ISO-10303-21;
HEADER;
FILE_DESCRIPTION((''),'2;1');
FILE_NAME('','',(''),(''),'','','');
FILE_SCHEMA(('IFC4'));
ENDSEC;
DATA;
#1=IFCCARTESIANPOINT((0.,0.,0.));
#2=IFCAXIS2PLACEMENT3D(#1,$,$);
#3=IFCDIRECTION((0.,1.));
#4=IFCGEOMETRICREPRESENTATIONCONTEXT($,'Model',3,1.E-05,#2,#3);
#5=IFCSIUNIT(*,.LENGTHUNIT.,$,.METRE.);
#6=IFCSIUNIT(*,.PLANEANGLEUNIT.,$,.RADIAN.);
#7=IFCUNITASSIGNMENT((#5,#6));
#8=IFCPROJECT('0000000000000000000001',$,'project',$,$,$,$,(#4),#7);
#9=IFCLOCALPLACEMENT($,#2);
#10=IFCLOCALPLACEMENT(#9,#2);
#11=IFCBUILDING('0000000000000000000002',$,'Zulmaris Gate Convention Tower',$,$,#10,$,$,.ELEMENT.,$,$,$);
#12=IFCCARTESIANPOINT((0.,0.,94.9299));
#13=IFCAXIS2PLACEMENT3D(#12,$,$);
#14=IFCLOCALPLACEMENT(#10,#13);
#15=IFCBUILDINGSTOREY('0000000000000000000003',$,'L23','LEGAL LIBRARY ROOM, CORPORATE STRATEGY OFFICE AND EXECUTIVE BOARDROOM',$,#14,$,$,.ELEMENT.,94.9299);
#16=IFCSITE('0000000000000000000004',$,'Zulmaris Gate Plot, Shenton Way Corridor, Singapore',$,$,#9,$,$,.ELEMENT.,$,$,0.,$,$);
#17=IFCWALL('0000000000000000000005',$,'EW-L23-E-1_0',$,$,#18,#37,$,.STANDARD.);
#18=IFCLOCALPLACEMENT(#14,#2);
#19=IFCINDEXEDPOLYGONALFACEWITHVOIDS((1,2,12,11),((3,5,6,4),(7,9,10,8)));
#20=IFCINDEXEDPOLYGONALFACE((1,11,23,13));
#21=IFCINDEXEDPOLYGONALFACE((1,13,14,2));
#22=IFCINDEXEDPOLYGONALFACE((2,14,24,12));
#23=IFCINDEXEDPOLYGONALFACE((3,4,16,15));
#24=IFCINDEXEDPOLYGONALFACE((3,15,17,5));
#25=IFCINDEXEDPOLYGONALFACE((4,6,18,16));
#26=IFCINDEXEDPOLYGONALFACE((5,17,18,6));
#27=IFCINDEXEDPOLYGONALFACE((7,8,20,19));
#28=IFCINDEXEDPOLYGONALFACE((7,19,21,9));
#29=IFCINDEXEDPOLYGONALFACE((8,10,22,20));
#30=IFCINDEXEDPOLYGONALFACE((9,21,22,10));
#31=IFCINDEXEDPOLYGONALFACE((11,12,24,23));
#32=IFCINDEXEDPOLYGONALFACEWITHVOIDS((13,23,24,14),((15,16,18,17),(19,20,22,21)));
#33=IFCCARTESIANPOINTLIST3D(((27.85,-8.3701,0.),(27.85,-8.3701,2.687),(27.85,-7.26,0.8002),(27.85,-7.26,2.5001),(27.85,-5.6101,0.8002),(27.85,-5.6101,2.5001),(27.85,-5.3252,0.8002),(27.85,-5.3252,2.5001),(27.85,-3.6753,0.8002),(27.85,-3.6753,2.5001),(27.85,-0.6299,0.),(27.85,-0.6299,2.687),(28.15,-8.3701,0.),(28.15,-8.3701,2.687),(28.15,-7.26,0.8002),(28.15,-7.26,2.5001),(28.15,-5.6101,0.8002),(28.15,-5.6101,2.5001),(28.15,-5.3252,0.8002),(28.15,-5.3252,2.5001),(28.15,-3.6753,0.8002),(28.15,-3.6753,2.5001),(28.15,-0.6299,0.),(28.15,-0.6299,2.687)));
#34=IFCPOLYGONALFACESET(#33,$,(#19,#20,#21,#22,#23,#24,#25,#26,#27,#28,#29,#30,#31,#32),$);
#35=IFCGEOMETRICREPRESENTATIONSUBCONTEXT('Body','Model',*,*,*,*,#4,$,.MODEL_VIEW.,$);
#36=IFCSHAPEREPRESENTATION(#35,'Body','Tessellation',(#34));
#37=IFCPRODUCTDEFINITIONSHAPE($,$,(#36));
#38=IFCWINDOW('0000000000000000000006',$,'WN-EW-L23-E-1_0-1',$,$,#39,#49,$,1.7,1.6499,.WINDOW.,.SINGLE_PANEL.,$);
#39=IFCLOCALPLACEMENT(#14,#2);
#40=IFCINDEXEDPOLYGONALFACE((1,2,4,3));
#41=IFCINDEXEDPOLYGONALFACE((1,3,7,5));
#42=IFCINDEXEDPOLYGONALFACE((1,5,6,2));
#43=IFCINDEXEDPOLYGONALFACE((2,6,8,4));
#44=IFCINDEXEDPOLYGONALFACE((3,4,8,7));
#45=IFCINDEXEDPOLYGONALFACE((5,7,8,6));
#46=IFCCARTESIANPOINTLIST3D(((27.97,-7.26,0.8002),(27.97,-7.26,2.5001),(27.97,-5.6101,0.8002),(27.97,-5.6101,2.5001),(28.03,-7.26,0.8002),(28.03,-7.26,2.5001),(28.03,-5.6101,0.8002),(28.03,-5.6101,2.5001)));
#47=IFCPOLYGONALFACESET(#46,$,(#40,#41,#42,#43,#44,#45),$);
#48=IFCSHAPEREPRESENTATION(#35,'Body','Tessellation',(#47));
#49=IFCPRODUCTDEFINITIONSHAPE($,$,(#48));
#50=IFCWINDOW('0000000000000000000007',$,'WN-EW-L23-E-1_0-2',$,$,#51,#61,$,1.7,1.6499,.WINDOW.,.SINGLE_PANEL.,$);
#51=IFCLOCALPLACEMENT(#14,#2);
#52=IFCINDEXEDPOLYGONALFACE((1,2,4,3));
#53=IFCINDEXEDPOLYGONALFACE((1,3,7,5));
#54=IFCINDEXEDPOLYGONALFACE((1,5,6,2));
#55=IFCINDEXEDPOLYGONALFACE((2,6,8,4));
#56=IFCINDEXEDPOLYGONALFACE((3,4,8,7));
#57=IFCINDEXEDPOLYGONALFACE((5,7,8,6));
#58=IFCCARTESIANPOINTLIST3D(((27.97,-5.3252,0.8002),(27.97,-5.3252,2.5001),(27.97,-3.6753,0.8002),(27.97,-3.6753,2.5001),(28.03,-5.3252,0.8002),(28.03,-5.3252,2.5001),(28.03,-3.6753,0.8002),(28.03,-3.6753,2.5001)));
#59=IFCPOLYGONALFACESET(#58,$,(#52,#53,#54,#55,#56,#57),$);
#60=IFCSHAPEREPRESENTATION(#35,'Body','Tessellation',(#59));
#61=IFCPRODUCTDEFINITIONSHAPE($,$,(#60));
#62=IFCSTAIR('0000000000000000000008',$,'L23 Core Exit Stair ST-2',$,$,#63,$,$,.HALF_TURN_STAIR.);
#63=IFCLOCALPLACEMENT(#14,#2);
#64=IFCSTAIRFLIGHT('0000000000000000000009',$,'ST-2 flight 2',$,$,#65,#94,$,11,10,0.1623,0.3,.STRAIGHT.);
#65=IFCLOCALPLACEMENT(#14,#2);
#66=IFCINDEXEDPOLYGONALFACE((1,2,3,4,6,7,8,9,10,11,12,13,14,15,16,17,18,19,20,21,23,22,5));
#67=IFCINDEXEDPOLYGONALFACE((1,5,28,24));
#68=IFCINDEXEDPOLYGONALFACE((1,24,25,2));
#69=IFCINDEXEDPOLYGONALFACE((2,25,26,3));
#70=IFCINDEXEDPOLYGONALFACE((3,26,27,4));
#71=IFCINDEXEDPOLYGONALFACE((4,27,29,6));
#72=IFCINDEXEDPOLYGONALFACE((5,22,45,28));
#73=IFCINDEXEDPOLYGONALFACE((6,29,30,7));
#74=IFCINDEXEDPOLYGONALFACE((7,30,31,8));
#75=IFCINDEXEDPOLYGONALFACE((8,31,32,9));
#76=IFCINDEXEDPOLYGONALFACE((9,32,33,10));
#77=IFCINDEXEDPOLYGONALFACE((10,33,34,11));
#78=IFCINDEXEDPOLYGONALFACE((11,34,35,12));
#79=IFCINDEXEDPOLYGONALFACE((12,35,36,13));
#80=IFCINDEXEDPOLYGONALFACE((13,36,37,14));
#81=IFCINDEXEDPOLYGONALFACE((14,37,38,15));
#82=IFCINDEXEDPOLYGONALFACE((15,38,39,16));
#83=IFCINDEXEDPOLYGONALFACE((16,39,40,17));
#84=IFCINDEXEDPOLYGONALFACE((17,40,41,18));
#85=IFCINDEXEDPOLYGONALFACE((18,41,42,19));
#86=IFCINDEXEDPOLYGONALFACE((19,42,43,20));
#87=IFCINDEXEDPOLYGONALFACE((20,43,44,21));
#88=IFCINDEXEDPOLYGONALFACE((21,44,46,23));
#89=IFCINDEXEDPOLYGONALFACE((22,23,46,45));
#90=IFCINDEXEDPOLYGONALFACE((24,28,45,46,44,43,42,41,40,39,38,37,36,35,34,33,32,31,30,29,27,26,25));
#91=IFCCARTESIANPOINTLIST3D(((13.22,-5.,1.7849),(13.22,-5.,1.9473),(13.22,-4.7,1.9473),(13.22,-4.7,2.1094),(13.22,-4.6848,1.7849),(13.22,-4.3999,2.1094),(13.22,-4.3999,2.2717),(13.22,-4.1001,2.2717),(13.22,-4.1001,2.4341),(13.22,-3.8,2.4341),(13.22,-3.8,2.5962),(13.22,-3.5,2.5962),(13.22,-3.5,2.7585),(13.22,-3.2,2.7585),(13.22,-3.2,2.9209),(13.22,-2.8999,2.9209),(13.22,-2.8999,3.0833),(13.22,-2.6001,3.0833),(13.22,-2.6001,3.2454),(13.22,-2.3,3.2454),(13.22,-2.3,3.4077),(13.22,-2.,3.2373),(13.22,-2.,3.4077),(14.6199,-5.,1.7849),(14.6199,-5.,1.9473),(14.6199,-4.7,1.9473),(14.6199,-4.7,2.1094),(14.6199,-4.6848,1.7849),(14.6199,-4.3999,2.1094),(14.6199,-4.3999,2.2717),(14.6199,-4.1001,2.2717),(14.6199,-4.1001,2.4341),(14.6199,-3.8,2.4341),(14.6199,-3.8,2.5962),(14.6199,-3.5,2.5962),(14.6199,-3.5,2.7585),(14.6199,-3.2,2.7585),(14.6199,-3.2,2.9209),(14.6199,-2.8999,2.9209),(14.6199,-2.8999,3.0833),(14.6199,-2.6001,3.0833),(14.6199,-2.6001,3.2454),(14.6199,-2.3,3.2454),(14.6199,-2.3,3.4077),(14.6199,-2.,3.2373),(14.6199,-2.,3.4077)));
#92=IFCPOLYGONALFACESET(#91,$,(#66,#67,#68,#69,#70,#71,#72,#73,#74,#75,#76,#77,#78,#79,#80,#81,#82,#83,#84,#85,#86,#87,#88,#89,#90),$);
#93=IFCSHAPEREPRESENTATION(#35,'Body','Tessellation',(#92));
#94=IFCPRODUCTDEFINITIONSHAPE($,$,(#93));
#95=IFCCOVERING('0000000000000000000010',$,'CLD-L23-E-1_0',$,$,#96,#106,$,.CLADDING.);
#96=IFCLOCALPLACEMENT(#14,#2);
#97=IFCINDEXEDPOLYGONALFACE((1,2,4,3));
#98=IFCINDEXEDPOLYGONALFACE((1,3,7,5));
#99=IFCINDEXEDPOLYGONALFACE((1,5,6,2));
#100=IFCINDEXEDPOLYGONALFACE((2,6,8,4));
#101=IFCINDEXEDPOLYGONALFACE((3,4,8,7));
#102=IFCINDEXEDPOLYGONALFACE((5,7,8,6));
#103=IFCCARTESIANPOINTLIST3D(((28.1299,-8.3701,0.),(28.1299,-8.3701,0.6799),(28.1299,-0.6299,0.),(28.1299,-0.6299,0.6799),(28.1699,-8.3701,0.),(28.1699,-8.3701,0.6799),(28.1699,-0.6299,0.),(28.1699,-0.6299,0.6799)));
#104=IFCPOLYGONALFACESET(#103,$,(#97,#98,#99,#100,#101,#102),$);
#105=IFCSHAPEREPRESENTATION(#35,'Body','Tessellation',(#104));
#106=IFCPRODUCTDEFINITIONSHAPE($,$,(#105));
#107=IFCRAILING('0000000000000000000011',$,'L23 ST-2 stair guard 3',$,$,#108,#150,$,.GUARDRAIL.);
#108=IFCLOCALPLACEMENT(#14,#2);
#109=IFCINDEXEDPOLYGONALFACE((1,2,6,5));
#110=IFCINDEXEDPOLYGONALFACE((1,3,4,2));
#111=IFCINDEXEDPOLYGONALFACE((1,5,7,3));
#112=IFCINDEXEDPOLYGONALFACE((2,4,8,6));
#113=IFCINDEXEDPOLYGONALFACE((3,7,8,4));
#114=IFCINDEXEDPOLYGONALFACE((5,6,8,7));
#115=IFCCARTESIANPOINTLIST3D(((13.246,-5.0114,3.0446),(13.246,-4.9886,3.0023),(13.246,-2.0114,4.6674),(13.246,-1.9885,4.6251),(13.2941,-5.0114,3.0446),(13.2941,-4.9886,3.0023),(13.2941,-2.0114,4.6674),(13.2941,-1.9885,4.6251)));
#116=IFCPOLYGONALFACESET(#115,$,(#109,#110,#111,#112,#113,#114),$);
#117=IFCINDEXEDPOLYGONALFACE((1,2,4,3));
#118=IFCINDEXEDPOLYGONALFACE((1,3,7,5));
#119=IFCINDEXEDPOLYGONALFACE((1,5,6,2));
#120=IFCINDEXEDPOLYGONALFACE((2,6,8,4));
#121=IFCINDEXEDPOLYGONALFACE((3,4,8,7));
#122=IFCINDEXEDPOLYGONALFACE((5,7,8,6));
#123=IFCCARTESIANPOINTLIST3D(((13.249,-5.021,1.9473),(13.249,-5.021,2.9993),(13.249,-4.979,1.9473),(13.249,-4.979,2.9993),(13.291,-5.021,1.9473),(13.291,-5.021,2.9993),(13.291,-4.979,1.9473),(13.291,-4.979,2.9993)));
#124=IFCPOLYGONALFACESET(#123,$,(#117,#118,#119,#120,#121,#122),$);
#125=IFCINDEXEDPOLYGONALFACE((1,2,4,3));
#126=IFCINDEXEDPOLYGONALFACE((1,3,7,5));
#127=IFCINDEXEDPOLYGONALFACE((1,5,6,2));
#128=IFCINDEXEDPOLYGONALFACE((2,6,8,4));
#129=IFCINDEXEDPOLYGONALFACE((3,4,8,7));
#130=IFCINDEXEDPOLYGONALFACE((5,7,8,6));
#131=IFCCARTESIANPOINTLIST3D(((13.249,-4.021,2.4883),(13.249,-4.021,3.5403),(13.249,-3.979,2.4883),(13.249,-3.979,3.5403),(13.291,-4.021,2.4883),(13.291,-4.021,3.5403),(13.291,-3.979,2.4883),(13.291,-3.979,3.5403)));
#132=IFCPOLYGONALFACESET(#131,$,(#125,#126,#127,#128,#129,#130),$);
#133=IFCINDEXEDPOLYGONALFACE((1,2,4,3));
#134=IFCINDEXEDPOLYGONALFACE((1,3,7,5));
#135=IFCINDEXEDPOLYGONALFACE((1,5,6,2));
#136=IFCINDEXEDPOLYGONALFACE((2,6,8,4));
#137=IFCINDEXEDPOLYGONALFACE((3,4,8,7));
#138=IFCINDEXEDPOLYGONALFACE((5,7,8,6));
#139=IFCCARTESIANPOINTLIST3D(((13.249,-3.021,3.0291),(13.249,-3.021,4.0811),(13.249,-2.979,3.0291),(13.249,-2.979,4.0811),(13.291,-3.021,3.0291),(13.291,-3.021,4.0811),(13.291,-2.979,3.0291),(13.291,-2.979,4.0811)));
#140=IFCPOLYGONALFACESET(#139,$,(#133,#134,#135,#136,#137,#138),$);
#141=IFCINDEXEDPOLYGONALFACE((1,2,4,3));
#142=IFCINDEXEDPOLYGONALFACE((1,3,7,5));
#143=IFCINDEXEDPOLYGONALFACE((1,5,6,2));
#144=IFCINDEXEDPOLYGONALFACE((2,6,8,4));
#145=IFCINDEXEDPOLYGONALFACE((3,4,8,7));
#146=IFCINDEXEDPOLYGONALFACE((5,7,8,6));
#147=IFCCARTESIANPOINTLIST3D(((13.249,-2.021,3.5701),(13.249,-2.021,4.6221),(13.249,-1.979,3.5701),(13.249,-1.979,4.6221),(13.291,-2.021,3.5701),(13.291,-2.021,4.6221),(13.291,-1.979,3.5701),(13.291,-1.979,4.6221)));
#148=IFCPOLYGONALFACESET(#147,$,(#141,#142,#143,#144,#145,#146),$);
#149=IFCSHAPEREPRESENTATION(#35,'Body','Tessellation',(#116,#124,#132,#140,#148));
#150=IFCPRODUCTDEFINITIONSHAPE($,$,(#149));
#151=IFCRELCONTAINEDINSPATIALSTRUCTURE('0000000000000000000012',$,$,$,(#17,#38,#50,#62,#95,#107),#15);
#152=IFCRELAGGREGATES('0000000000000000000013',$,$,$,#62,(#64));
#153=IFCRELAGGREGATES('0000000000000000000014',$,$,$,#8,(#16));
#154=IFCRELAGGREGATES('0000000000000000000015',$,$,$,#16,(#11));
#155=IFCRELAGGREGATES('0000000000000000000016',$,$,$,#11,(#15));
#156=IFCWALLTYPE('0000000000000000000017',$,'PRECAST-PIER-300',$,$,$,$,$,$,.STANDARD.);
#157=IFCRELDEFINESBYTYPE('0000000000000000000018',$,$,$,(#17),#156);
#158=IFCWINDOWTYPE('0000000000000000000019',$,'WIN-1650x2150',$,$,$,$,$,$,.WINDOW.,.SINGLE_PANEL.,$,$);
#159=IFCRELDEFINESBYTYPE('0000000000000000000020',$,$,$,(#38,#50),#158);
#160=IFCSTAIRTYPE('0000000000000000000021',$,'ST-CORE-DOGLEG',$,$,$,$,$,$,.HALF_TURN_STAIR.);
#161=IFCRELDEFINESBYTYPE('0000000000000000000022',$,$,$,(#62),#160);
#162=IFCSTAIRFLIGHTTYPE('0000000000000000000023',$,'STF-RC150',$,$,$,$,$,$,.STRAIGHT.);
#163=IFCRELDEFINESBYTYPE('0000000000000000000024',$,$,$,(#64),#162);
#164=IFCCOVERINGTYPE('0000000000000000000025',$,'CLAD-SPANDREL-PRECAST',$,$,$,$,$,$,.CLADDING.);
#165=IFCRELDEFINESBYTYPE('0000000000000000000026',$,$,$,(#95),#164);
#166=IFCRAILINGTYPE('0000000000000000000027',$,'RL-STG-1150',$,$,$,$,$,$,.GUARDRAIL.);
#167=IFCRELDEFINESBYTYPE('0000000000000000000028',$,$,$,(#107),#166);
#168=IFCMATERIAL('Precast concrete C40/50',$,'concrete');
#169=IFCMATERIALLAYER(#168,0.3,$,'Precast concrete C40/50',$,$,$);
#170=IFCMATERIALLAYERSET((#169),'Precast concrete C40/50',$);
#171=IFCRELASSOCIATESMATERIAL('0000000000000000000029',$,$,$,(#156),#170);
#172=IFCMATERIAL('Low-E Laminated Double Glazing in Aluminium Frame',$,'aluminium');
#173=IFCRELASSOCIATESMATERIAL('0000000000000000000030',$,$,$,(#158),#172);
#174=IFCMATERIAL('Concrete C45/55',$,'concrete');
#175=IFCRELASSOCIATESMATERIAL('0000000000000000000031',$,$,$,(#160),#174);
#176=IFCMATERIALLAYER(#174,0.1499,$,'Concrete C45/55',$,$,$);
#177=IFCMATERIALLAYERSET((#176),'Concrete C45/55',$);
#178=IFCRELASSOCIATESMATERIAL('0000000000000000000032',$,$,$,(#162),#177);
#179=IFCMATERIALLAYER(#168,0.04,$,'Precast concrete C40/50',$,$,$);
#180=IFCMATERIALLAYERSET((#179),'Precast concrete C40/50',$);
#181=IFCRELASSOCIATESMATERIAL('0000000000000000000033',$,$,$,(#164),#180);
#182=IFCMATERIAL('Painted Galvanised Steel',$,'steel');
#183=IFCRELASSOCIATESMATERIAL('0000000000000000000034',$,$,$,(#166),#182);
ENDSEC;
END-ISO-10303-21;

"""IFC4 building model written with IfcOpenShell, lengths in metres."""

from ifc_helpers import new_model, si_unit, direction, frame, frame_2d, origin, origin_2d, place, context, subcontext, project, spatial, polyline, rectangle, outline, extrude, material, layer, layer_set, type_object, element, fill, aggregate, save


model = new_model("IFC4")

# Units and contexts
model_context = context("Model", 3, precision=1e-05, world=origin(), true_north=direction((0.0, 1.0)))
body_context = subcontext(model_context, "Body", "Model", "MODEL_VIEW")
ifc_project = project(units=[si_unit("LENGTHUNIT", "METRE"), si_unit("PLANEANGLEUNIT", "RADIAN")], contexts=[model_context])

# Site, building, storey
site_placement = place(None, origin())
site = spatial("IfcSite", under=ifc_project, at=site_placement, Name="Zulmaris Gate Plot, Shenton Way Corridor, Singapore", CompositionType="ELEMENT", RefElevation=0.0)
building_placement = place(site_placement, origin())
building = spatial("IfcBuilding", under=site, at=building_placement, Name="Zulmaris Gate Convention Tower", CompositionType="ELEMENT")
storey_placement = place(building_placement, frame((0.0, 0.0, 94.9299)))
storey = spatial("IfcBuildingStorey", under=building, at=storey_placement, Name="L23", Description="LEGAL LIBRARY ROOM, CORPORATE STRATEGY OFFICE AND EXECUTIVE BOARDROOM", CompositionType="ELEMENT", Elevation=94.9299)

# Wall, openings, windows
ifc_material_1 = material(Name="Precast concrete C40/50", Category="concrete")
ifc_layer_1 = layer(ifc_material_1, 0.3, Name="Precast concrete C40/50")
ifc_layer_set_1 = layer_set([ifc_layer_1], Name="Precast concrete C40/50")
wall_type_1 = type_object("IfcWallType", Name="PRECAST-PIER-300", PredefinedType="STANDARD", material=ifc_layer_set_1)
wall_1_placement = place(storey_placement, frame((28.0, -8.3701, 0.0), z_axis=(0.0, 0.0, 1.0), x_axis=(0.0, 1.0, 0.0)))
wall_1 = element("IfcWall", 1, at=wall_1_placement, inside=storey, type_object=wall_type_1, Name="EW-L23-E-1_0", PredefinedType="STANDARD", context=body_context, shape_type="SweptSolid", body=[
    extrude(rectangle(XDim=7.7402, YDim=0.3, at=frame_2d((3.8701, 0.0))), origin(), (0.0, 0.0, 1.0), 2.687),
])
opening_1_placement = place(wall_1_placement, frame((1.1101, 0.0, 0.8)))
opening_1 = element("IfcOpeningElement", 2, at=opening_1_placement, cuts=wall_1, PredefinedType="OPENING", context=body_context, shape_type="SweptSolid", body=[
    extrude(rectangle(XDim=1.6499, YDim=1.7, at=frame_2d((0.825, 0.8501))), frame((0.0, 0.1602, 0.0), z_axis=(0.0, -1.0, 0.0), x_axis=(1.0, 0.0, 0.0)), (0.0, 0.0, 1.0), 0.3201),
])
opening_2_placement = place(wall_1_placement, frame((3.0449, 0.0, 0.8)))
opening_2 = element("IfcOpeningElement", 3, at=opening_2_placement, cuts=wall_1, PredefinedType="OPENING", context=body_context, shape_type="SweptSolid", body=[
    extrude(rectangle(XDim=1.6499, YDim=1.7, at=frame_2d((0.825, 0.8501))), frame((0.0, 0.1602, 0.0), z_axis=(0.0, -1.0, 0.0), x_axis=(1.0, 0.0, 0.0)), (0.0, 0.0, 1.0), 0.3201),
])
ifc_material_2 = material(Name="Low-E Laminated Double Glazing in Aluminium Frame", Category="aluminium")
window_type = type_object("IfcWindowType", Name="WIN-1650x2150", PartitioningType="SINGLE_PANEL", PredefinedType="WINDOW", material=ifc_material_2)
window_1_placement = place(opening_1_placement, origin())
window_1 = element("IfcWindow", 4, at=window_1_placement, inside=storey, type_object=window_type, Name="WN-EW-L23-E-1_0-1", OverallHeight=1.7, OverallWidth=1.6499, PartitioningType="SINGLE_PANEL", PredefinedType="WINDOW", context=body_context, shape_type="SweptSolid", body=[
    extrude(rectangle(XDim=1.6499, YDim=1.7, at=frame_2d((0.825, 0.8501))), frame((0.0, 0.03, 0.0), z_axis=(0.0, -1.0, 0.0), x_axis=(1.0, 0.0, 0.0)), (0.0, 0.0, 1.0), 0.0601),
])
fill(opening_1, window_1)
window_2_placement = place(opening_2_placement, origin())
window_2 = element("IfcWindow", 5, at=window_2_placement, inside=storey, type_object=window_type, Name="WN-EW-L23-E-1_0-2", OverallHeight=1.7, OverallWidth=1.6499, PartitioningType="SINGLE_PANEL", PredefinedType="WINDOW", context=body_context, shape_type="SweptSolid", body=[
    extrude(rectangle(XDim=1.6499, YDim=1.7, at=frame_2d((0.825, 0.8501))), frame((0.0, 0.03, 0.0), z_axis=(0.0, -1.0, 0.0), x_axis=(1.0, 0.0, 0.0)), (0.0, 0.0, 1.0), 0.0601),
])
fill(opening_2, window_2)

# Stair, stair flight
ifc_material_3 = material(Name="Concrete C45/55", Category="concrete")
stair_type = type_object("IfcStairType", Name="ST-CORE-DOGLEG", PredefinedType="HALF_TURN_STAIR", material=ifc_material_3)
stair_placement = place(storey_placement, origin())
stair = element("IfcStair", 6, at=stair_placement, inside=storey, type_object=stair_type, Name="L23 Core Exit Stair ST-2", PredefinedType="HALF_TURN_STAIR")
ifc_layer_2 = layer(ifc_material_3, 0.1499, Name="Concrete C45/55")
ifc_layer_set_2 = layer_set([ifc_layer_2], Name="Concrete C45/55")
stair_flight_type = type_object("IfcStairFlightType", Name="STF-RC150", PredefinedType="STRAIGHT", material=ifc_layer_set_2)
stair_flight_placement = place(storey_placement, frame((13.9199, -5.0, 1.7849), z_axis=(0.0, 0.0, 1.0), x_axis=(0.0, 1.0, 0.0)))
stair_flight = element("IfcStairFlight", 7, at=stair_flight_placement, type_object=stair_flight_type, Name="ST-2 flight 2", NumberOfRisers=11, NumberOfTreads=10, PredefinedType="STRAIGHT", RiserHeight=0.1623, TreadLength=0.3, context=body_context, shape_type="SweptSolid", body=[
    extrude(outline(polyline([(0.0, 0.0), (0.0, 0.1624), (0.3, 0.1624), (0.3, 0.3245), (0.6001, 0.3245), (0.6001, 0.4868), (0.8999, 0.4868), (0.8999, 0.6492), (1.2, 0.6492), (1.2, 0.8113), (1.5, 0.8113), (1.5, 0.9736), (1.8, 0.9736), (1.8, 1.136), (2.1001, 1.136), (2.1001, 1.2983), (2.3999, 1.2983), (2.3999, 1.4604), (2.7, 1.4604), (2.7, 1.6228), (3.0, 1.6228), (3.0, 1.7852), (3.0, 1.4524), (0.3152, 0.0), (0.0, 0.0)])), frame((0.0, 0.7, 0.0), z_axis=(0.0, -1.0, 0.0), x_axis=(1.0, 0.0, 0.0)), (0.0, 0.0, 1.0), 1.3999),
])
aggregate(stair, [stair_flight])

# Covering
ifc_layer_3 = layer(ifc_material_1, 0.04, Name="Precast concrete C40/50")
ifc_layer_set_3 = layer_set([ifc_layer_3], Name="Precast concrete C40/50")
covering_type = type_object("IfcCoveringType", Name="CLAD-SPANDREL-PRECAST", PredefinedType="CLADDING", material=ifc_layer_set_3)
covering_placement = place(storey_placement, frame((28.1499, -8.3701, 0.0), z_axis=(0.0, 0.0, 1.0), x_axis=(0.0, 1.0, 0.0)))
element("IfcCovering", 8, at=covering_placement, inside=storey, type_object=covering_type, Name="CLD-L23-E-1_0", PredefinedType="CLADDING", context=body_context, shape_type="SweptSolid", body=[
    extrude(rectangle(XDim=7.7402, YDim=0.04, at=frame_2d((3.8701, 0.0))), origin(), (0.0, 0.0, 1.0), 0.6799),
])

# Railing
ifc_material_4 = material(Name="Painted Galvanised Steel", Category="steel")
railing_type_1 = type_object("IfcRailingType", Name="RL-STG-1150", PredefinedType="GUARDRAIL", material=ifc_material_4)
railing_1_placement = place(storey_placement, frame((13.27, -5.0, 1.9473)))
element("IfcRailing", 9, at=railing_1_placement, inside=storey, type_object=railing_type_1, Name="L23 ST-2 stair guard 3", PredefinedType="GUARDRAIL", context=body_context, shape_type="SweptSolid", body=[
    extrude(rectangle(XDim=0.0481, YDim=0.0481, at=origin_2d()), frame((0.0, 0.0, 1.0762), z_axis=(0.0, 0.879562, 0.475785), x_axis=(-1.0, 0.0, 0.0)), (0.0, 0.0, 1.0), 3.4109),
    extrude(rectangle(XDim=0.042, YDim=0.042, at=origin_2d()), origin(), (0.0, 0.0, 1.0), 1.052),
    extrude(rectangle(XDim=0.042, YDim=0.042, at=origin_2d()), frame((0.0, 1.0, 0.541)), (0.0, 0.0, 1.0), 1.052),
    extrude(rectangle(XDim=0.042, YDim=0.042, at=origin_2d()), frame((0.0, 2.0, 1.0818)), (0.0, 0.0, 1.0), 1.052),
    extrude(rectangle(XDim=0.042, YDim=0.042, at=origin_2d()), frame((0.0, 3.0, 1.6228)), (0.0, 0.0, 1.0), 1.052),
])

save(model, "model.ifc")
